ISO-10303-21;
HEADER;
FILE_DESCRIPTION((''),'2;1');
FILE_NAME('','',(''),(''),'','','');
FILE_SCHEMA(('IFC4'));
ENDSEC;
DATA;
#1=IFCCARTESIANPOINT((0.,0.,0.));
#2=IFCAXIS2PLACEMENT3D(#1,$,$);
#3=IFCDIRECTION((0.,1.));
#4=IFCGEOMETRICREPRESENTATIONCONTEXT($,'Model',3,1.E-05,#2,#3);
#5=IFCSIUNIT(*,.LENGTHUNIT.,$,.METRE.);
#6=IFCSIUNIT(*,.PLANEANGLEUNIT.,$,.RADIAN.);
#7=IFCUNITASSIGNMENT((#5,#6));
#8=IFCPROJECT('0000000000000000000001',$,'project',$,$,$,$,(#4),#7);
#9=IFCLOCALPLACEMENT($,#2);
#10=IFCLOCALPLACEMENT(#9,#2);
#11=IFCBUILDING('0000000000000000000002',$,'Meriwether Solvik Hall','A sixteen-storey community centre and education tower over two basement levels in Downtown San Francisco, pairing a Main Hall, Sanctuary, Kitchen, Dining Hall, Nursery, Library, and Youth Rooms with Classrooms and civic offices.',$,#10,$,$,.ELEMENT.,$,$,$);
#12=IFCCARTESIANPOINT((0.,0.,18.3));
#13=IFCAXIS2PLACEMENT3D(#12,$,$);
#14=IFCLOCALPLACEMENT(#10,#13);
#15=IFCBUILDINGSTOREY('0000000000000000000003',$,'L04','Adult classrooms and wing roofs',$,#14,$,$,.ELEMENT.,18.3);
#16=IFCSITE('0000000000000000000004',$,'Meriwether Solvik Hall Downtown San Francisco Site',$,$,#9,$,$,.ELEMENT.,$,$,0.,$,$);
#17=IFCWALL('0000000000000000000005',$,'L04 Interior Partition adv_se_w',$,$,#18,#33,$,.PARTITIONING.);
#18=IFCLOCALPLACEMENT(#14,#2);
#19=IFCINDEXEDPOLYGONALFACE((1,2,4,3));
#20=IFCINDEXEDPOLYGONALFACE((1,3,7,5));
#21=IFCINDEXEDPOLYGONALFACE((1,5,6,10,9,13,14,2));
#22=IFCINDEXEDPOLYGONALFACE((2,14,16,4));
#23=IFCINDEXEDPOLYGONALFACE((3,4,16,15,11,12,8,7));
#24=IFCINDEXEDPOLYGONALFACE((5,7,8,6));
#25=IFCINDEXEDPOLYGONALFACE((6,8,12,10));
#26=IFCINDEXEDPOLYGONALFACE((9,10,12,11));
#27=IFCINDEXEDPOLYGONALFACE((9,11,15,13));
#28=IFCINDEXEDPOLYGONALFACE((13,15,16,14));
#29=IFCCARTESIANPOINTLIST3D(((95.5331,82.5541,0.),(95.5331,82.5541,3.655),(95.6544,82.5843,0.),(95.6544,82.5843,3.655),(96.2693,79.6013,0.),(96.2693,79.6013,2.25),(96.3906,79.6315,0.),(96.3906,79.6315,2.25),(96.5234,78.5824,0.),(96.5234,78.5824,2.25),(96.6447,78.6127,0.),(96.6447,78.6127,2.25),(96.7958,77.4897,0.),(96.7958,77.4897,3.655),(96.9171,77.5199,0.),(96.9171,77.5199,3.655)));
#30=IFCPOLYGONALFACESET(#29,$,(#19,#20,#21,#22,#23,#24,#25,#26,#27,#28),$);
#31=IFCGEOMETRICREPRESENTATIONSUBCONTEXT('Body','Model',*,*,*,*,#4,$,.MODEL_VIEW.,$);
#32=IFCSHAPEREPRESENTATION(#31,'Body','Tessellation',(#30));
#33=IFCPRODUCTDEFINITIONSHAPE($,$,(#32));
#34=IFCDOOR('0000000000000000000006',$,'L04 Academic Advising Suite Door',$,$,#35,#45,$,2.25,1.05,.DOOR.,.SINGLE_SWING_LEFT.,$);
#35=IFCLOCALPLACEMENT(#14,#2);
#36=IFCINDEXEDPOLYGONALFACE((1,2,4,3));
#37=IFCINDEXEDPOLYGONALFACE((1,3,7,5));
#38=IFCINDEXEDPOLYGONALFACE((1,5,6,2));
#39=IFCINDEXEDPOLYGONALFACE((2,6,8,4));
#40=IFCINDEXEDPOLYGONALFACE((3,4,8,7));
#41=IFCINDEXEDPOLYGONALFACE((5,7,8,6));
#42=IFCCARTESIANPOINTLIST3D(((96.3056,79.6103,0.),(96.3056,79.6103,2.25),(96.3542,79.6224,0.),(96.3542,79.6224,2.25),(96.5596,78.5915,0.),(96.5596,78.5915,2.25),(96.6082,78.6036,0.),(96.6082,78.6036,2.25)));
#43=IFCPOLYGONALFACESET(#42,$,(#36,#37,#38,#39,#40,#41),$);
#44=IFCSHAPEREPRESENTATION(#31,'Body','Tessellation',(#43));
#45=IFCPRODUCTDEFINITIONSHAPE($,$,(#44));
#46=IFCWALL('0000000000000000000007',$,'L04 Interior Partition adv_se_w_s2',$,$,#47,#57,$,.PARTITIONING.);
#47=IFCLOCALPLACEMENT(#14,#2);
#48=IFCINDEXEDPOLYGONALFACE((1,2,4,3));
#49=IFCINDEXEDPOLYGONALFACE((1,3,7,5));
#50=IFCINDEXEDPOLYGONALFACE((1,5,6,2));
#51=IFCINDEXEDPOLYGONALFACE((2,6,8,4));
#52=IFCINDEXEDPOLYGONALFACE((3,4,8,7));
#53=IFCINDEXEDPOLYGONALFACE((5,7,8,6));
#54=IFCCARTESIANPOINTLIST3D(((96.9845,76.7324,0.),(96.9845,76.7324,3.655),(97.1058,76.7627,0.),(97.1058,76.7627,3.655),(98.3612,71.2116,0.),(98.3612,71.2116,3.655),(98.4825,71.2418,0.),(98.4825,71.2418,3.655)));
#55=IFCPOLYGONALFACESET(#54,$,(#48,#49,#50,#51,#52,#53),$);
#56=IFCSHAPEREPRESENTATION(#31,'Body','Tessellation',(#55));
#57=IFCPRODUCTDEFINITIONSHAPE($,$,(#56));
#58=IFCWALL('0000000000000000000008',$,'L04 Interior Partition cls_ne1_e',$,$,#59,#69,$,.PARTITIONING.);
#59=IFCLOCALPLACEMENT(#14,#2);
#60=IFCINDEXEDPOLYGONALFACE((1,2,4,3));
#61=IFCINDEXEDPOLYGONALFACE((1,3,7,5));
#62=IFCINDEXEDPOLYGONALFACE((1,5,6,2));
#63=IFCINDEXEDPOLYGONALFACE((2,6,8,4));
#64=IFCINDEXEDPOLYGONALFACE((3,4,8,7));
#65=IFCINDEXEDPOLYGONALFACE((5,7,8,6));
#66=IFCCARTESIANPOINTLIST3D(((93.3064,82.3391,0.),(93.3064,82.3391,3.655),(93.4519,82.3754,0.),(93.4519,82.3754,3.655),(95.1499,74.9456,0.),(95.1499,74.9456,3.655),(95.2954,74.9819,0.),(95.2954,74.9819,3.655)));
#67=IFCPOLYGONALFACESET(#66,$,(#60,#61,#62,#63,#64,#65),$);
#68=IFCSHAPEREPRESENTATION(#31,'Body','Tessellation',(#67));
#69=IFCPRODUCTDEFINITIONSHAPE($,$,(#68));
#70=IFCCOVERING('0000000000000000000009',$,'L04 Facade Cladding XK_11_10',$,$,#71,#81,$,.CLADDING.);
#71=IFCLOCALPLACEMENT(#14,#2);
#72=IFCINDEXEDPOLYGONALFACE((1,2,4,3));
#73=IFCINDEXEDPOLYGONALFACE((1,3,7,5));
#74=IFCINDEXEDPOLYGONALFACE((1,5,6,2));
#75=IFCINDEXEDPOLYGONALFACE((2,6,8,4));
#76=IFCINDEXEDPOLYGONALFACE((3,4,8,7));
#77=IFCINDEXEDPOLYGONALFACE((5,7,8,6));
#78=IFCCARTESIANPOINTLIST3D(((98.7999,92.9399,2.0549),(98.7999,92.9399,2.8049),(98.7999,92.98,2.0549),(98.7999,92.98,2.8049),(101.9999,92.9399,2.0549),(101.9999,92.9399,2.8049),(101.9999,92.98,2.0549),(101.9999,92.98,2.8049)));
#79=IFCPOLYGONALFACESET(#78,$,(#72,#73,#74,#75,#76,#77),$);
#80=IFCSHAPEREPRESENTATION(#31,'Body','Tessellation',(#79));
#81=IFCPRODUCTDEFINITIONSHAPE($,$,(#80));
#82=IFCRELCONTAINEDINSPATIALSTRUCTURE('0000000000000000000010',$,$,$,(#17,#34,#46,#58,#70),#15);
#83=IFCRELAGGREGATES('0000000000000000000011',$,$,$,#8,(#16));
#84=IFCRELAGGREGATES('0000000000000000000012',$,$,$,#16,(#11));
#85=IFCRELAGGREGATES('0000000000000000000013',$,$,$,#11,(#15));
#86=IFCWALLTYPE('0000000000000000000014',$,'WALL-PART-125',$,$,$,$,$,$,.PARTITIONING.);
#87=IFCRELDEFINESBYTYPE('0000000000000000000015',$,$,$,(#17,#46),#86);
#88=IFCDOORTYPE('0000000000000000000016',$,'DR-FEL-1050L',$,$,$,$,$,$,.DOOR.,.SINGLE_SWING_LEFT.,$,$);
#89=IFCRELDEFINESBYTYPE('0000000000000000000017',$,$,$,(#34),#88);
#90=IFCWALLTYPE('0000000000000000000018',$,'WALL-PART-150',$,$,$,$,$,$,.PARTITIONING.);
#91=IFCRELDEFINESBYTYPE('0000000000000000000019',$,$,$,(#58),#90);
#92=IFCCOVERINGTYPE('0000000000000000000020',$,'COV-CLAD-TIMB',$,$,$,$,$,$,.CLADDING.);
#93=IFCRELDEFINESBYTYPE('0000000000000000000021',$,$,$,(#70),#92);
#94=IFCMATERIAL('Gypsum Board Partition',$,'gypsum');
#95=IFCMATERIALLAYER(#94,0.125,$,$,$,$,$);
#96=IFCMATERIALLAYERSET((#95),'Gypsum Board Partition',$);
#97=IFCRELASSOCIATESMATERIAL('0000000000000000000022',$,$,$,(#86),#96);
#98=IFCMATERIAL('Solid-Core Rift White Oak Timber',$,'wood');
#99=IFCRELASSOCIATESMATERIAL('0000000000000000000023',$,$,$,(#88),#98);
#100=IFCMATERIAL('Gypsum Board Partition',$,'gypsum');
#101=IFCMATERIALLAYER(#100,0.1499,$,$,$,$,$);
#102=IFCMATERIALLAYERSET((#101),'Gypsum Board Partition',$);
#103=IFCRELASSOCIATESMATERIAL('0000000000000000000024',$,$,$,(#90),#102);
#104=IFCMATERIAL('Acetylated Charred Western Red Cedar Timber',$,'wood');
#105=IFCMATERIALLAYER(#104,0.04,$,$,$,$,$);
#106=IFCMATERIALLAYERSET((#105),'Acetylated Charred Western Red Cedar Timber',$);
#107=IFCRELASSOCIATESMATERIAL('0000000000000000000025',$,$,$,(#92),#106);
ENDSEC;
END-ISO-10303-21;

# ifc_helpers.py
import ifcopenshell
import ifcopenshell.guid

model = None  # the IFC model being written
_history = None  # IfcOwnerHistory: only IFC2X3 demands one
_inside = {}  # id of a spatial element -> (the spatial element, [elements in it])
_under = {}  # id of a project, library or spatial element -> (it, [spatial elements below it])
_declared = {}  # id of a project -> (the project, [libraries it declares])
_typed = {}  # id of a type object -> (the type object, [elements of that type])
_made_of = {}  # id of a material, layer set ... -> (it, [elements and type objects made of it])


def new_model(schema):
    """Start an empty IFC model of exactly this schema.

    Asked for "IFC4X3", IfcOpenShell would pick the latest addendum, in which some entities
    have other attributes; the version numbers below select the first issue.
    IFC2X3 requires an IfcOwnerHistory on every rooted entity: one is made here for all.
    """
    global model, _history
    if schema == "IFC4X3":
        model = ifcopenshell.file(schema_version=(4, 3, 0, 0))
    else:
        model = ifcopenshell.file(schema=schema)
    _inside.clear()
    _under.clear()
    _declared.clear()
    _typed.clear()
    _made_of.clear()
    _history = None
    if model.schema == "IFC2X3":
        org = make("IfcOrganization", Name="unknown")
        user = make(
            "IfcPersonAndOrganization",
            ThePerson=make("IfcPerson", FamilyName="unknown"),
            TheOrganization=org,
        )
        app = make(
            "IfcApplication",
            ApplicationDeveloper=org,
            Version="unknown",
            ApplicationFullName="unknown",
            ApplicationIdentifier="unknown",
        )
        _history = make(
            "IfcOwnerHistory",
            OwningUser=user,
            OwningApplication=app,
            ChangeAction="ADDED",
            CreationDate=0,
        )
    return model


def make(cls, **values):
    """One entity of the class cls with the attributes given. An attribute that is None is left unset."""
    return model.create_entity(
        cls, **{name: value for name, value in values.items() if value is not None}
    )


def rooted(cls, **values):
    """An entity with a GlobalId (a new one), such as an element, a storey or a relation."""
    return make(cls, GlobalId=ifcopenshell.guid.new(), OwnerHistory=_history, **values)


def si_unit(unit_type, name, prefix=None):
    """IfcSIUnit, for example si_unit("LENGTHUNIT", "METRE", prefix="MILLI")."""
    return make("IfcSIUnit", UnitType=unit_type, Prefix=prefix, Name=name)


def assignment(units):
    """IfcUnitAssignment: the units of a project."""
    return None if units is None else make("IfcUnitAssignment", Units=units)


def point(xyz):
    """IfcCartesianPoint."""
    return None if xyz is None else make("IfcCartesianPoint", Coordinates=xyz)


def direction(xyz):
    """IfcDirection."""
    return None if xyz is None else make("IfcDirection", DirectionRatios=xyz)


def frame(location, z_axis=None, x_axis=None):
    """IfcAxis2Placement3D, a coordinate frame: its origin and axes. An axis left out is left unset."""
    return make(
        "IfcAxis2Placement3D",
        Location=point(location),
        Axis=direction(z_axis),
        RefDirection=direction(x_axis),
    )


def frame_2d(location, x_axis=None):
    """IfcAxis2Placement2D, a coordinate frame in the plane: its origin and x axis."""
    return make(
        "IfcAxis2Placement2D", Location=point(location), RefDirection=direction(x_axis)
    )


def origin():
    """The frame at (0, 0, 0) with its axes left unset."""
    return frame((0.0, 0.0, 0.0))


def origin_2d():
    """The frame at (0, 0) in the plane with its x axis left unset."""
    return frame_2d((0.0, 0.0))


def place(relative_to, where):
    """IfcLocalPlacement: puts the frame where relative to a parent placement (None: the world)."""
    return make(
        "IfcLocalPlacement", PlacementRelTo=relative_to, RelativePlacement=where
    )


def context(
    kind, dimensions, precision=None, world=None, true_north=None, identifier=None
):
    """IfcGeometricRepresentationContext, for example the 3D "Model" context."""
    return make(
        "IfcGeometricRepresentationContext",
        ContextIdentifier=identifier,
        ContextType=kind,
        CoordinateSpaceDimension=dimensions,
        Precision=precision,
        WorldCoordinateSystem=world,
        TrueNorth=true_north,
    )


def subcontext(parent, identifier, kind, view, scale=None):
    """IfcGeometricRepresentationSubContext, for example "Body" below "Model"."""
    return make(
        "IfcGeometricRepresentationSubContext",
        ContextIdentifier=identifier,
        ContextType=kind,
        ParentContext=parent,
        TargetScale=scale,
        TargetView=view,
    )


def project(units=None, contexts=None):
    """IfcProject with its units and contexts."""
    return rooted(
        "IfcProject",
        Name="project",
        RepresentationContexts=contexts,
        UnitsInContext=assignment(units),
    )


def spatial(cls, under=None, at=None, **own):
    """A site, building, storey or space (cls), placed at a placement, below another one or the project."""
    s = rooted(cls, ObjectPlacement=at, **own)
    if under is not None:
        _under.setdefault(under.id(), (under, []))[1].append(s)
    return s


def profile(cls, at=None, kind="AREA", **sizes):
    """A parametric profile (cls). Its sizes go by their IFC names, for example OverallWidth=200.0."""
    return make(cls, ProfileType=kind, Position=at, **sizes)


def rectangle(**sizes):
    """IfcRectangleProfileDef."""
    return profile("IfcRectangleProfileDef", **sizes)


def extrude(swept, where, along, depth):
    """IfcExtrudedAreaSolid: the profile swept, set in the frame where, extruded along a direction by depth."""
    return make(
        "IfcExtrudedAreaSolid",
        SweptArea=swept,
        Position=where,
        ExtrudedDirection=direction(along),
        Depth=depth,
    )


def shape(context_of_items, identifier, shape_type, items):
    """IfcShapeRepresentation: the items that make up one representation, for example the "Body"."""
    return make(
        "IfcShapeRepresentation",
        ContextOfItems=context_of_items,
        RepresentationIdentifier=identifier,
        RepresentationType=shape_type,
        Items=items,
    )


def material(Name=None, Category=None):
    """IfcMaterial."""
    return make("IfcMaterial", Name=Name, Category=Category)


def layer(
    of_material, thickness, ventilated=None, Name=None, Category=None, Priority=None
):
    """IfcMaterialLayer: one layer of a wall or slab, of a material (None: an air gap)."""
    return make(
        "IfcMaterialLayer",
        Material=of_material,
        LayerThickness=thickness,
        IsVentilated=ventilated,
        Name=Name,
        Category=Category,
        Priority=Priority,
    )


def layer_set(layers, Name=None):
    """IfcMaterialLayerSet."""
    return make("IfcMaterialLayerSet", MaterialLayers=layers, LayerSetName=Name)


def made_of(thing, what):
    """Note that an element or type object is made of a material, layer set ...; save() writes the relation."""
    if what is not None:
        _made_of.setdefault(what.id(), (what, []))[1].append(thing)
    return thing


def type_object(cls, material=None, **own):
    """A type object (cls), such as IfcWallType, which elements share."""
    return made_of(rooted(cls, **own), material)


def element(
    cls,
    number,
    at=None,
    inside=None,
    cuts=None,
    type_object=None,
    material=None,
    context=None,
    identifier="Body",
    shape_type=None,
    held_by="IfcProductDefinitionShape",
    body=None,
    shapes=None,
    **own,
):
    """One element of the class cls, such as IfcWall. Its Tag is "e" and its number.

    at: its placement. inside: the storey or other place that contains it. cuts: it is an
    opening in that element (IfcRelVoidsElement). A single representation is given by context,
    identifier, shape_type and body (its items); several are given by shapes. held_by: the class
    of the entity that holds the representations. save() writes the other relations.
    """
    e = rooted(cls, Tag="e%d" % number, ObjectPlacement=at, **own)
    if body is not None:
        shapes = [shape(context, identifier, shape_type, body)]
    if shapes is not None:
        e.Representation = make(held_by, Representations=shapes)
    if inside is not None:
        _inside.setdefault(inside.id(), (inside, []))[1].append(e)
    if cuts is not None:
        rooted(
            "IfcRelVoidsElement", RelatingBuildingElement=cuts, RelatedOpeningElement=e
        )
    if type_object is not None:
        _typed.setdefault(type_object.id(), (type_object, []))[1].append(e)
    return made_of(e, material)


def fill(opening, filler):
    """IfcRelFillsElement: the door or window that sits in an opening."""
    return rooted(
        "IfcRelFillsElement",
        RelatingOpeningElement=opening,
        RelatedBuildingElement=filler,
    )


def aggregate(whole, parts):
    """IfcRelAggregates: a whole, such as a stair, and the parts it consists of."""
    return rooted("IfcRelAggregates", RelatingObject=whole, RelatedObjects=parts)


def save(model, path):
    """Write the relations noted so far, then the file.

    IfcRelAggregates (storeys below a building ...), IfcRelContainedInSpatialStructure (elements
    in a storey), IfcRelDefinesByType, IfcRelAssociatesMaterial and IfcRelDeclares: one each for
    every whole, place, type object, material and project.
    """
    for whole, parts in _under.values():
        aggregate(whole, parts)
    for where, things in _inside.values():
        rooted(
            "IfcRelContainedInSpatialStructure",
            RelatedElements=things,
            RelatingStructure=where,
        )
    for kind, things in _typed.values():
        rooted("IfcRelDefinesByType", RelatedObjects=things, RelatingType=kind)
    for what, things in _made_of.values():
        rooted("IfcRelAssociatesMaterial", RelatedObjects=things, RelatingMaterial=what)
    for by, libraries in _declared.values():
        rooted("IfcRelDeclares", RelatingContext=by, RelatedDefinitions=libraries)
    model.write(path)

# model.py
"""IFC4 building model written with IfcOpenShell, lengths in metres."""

from ifc_helpers import new_model, si_unit, direction, frame, frame_2d, origin, origin_2d, place, context, subcontext, project, spatial, rectangle, extrude, material, layer, layer_set, type_object, element, fill, save


model = new_model("IFC4")

# Units and contexts
model_context = context("Model", 3, precision=1e-05, world=origin(), true_north=direction((0.0, 1.0)))
body_context = subcontext(model_context, "Body", "Model", "MODEL_VIEW")
ifc_project = project(units=[si_unit("LENGTHUNIT", "METRE"), si_unit("PLANEANGLEUNIT", "RADIAN")], contexts=[model_context])

# Site, building, storey
site_placement = place(None, origin())
site = spatial("IfcSite", under=ifc_project, at=site_placement, Name="Meriwether Solvik Hall Downtown San Francisco Site", CompositionType="ELEMENT", RefElevation=0.0)
building_placement = place(site_placement, origin())
building = spatial("IfcBuilding", under=site, at=building_placement, Name="Meriwether Solvik Hall", Description="A sixteen-storey community centre and education tower over two basement levels in Downtown San Francisco, pairing a Main Hall, Sanctuary, Kitchen, Dining Hall, Nursery, Library, and Youth Rooms with Classrooms and civic offices.", CompositionType="ELEMENT")
storey_placement = place(building_placement, frame((0.0, 0.0, 18.3)))
storey = spatial("IfcBuildingStorey", under=building, at=storey_placement, Name="L04", Description="Adult classrooms and wing roofs", CompositionType="ELEMENT", Elevation=18.3)

# Wall, opening, door
ifc_material_1 = material(Name="Gypsum Board Partition", Category="gypsum")
ifc_layer_1 = layer(ifc_material_1, 0.125)
ifc_layer_set_1 = layer_set([ifc_layer_1], Name="Gypsum Board Partition")
wall_type_1 = type_object("IfcWallType", Name="WALL-PART-125", PredefinedType="PARTITIONING", material=ifc_layer_set_1)
wall_1_placement = place(storey_placement, frame((95.5938, 82.5693, 0.0), z_axis=(0.0, 0.0, 1.0), x_axis=(0.241919, -0.970296, 0.0)))
wall_1 = element("IfcWall", 1, at=wall_1_placement, inside=storey, type_object=wall_type_1, Name="L04 Interior Partition adv_se_w", PredefinedType="PARTITIONING", context=body_context, shape_type="SweptSolid", body=[
    extrude(rectangle(XDim=5.2195, YDim=0.125, at=frame_2d((2.6099, 0.0))), origin(), (0.0, 0.0, 1.0), 3.655),
])
opening_1_placement = place(wall_1_placement, frame((3.0435, 0.0, 0.0)))
opening_1 = element("IfcOpeningElement", 2, at=opening_1_placement, cuts=wall_1, PredefinedType="OPENING", context=body_context, shape_type="SweptSolid", body=[
    extrude(rectangle(XDim=1.05, YDim=2.25, at=frame_2d((0.5249, 1.125))), frame((0.0, 0.0745, 0.0), z_axis=(0.0, -1.0, 0.0), x_axis=(1.0, 0.0, 0.0)), (0.0, 0.0, 1.0), 0.1489),
])
ifc_material_2 = material(Name="Solid-Core Rift White Oak Timber", Category="wood")
door_type = type_object("IfcDoorType", Name="DR-FEL-1050L", OperationType="SINGLE_SWING_LEFT", PredefinedType="DOOR", material=ifc_material_2)
door_placement = place(opening_1_placement, origin())
door = element("IfcDoor", 3, at=door_placement, inside=storey, type_object=door_type, Name="L04 Academic Advising Suite Door", OperationType="SINGLE_SWING_LEFT", OverallHeight=2.25, OverallWidth=1.05, PredefinedType="DOOR", context=body_context, shape_type="SweptSolid", body=[
    extrude(rectangle(XDim=1.05, YDim=2.25, at=frame_2d((0.5249, 1.125))), frame((0.0, 0.0249, 0.0), z_axis=(0.0, -1.0, 0.0), x_axis=(1.0, 0.0, 0.0)), (0.0, 0.0, 1.0), 0.05),
])
fill(opening_1, door)

# Walls
wall_2_placement = place(storey_placement, frame((97.0452, 76.7476, 0.0), z_axis=(0.0, 0.0, 1.0), x_axis=(0.24195, -0.970289, 0.0)))
element("IfcWall", 4, at=wall_2_placement, inside=storey, type_object=wall_type_1, Name="L04 Interior Partition adv_se_w_s2", PredefinedType="PARTITIONING", context=body_context, shape_type="SweptSolid", body=[
    extrude(rectangle(XDim=5.6899, YDim=0.125, at=frame_2d((2.845, 0.0))), origin(), (0.0, 0.0, 1.0), 3.655),
])
ifc_material_3 = material(Name="Gypsum Board Partition", Category="gypsum")
ifc_layer_2 = layer(ifc_material_3, 0.1499)
ifc_layer_set_2 = layer_set([ifc_layer_2], Name="Gypsum Board Partition")
wall_type_2 = type_object("IfcWallType", Name="WALL-PART-150", PredefinedType="PARTITIONING", material=ifc_layer_set_2)
wall_3_placement = place(storey_placement, frame((95.2227, 74.9636, 0.0), z_axis=(0.0, 0.0, 1.0), x_axis=(-0.241932, 0.970293, 0.0)))
element("IfcWall", 5, at=wall_3_placement, inside=storey, type_object=wall_type_2, Name="L04 Interior Partition cls_ne1_e", PredefinedType="PARTITIONING", context=body_context, shape_type="SweptSolid", body=[
    extrude(rectangle(XDim=7.6199, YDim=0.1499, at=frame_2d((3.8101, 0.0))), origin(), (0.0, 0.0, 1.0), 3.655),
])

# Covering
ifc_material_4 = material(Name="Acetylated Charred Western Red Cedar Timber", Category="wood")
ifc_layer_3 = layer(ifc_material_4, 0.04)
ifc_layer_set_3 = layer_set([ifc_layer_3], Name="Acetylated Charred Western Red Cedar Timber")
covering_type = type_object("IfcCoveringType", Name="COV-CLAD-TIMB", PredefinedType="CLADDING", material=ifc_layer_set_3)
covering_placement = place(storey_placement, frame((100.3999, 92.96, 2.0549), z_axis=(0.0, 0.0, 1.0), x_axis=(1.0, 0.0, 0.0)))
element("IfcCovering", 6, at=covering_placement, inside=storey, type_object=covering_type, Name="L04 Facade Cladding XK_11_10", PredefinedType="CLADDING", context=body_context, shape_type="SweptSolid", body=[
    extrude(rectangle(XDim=3.2, YDim=0.04, at=origin_2d()), origin(), (0.0, 0.0, 1.0), 0.75),
])

save(model, "model.ifc")
